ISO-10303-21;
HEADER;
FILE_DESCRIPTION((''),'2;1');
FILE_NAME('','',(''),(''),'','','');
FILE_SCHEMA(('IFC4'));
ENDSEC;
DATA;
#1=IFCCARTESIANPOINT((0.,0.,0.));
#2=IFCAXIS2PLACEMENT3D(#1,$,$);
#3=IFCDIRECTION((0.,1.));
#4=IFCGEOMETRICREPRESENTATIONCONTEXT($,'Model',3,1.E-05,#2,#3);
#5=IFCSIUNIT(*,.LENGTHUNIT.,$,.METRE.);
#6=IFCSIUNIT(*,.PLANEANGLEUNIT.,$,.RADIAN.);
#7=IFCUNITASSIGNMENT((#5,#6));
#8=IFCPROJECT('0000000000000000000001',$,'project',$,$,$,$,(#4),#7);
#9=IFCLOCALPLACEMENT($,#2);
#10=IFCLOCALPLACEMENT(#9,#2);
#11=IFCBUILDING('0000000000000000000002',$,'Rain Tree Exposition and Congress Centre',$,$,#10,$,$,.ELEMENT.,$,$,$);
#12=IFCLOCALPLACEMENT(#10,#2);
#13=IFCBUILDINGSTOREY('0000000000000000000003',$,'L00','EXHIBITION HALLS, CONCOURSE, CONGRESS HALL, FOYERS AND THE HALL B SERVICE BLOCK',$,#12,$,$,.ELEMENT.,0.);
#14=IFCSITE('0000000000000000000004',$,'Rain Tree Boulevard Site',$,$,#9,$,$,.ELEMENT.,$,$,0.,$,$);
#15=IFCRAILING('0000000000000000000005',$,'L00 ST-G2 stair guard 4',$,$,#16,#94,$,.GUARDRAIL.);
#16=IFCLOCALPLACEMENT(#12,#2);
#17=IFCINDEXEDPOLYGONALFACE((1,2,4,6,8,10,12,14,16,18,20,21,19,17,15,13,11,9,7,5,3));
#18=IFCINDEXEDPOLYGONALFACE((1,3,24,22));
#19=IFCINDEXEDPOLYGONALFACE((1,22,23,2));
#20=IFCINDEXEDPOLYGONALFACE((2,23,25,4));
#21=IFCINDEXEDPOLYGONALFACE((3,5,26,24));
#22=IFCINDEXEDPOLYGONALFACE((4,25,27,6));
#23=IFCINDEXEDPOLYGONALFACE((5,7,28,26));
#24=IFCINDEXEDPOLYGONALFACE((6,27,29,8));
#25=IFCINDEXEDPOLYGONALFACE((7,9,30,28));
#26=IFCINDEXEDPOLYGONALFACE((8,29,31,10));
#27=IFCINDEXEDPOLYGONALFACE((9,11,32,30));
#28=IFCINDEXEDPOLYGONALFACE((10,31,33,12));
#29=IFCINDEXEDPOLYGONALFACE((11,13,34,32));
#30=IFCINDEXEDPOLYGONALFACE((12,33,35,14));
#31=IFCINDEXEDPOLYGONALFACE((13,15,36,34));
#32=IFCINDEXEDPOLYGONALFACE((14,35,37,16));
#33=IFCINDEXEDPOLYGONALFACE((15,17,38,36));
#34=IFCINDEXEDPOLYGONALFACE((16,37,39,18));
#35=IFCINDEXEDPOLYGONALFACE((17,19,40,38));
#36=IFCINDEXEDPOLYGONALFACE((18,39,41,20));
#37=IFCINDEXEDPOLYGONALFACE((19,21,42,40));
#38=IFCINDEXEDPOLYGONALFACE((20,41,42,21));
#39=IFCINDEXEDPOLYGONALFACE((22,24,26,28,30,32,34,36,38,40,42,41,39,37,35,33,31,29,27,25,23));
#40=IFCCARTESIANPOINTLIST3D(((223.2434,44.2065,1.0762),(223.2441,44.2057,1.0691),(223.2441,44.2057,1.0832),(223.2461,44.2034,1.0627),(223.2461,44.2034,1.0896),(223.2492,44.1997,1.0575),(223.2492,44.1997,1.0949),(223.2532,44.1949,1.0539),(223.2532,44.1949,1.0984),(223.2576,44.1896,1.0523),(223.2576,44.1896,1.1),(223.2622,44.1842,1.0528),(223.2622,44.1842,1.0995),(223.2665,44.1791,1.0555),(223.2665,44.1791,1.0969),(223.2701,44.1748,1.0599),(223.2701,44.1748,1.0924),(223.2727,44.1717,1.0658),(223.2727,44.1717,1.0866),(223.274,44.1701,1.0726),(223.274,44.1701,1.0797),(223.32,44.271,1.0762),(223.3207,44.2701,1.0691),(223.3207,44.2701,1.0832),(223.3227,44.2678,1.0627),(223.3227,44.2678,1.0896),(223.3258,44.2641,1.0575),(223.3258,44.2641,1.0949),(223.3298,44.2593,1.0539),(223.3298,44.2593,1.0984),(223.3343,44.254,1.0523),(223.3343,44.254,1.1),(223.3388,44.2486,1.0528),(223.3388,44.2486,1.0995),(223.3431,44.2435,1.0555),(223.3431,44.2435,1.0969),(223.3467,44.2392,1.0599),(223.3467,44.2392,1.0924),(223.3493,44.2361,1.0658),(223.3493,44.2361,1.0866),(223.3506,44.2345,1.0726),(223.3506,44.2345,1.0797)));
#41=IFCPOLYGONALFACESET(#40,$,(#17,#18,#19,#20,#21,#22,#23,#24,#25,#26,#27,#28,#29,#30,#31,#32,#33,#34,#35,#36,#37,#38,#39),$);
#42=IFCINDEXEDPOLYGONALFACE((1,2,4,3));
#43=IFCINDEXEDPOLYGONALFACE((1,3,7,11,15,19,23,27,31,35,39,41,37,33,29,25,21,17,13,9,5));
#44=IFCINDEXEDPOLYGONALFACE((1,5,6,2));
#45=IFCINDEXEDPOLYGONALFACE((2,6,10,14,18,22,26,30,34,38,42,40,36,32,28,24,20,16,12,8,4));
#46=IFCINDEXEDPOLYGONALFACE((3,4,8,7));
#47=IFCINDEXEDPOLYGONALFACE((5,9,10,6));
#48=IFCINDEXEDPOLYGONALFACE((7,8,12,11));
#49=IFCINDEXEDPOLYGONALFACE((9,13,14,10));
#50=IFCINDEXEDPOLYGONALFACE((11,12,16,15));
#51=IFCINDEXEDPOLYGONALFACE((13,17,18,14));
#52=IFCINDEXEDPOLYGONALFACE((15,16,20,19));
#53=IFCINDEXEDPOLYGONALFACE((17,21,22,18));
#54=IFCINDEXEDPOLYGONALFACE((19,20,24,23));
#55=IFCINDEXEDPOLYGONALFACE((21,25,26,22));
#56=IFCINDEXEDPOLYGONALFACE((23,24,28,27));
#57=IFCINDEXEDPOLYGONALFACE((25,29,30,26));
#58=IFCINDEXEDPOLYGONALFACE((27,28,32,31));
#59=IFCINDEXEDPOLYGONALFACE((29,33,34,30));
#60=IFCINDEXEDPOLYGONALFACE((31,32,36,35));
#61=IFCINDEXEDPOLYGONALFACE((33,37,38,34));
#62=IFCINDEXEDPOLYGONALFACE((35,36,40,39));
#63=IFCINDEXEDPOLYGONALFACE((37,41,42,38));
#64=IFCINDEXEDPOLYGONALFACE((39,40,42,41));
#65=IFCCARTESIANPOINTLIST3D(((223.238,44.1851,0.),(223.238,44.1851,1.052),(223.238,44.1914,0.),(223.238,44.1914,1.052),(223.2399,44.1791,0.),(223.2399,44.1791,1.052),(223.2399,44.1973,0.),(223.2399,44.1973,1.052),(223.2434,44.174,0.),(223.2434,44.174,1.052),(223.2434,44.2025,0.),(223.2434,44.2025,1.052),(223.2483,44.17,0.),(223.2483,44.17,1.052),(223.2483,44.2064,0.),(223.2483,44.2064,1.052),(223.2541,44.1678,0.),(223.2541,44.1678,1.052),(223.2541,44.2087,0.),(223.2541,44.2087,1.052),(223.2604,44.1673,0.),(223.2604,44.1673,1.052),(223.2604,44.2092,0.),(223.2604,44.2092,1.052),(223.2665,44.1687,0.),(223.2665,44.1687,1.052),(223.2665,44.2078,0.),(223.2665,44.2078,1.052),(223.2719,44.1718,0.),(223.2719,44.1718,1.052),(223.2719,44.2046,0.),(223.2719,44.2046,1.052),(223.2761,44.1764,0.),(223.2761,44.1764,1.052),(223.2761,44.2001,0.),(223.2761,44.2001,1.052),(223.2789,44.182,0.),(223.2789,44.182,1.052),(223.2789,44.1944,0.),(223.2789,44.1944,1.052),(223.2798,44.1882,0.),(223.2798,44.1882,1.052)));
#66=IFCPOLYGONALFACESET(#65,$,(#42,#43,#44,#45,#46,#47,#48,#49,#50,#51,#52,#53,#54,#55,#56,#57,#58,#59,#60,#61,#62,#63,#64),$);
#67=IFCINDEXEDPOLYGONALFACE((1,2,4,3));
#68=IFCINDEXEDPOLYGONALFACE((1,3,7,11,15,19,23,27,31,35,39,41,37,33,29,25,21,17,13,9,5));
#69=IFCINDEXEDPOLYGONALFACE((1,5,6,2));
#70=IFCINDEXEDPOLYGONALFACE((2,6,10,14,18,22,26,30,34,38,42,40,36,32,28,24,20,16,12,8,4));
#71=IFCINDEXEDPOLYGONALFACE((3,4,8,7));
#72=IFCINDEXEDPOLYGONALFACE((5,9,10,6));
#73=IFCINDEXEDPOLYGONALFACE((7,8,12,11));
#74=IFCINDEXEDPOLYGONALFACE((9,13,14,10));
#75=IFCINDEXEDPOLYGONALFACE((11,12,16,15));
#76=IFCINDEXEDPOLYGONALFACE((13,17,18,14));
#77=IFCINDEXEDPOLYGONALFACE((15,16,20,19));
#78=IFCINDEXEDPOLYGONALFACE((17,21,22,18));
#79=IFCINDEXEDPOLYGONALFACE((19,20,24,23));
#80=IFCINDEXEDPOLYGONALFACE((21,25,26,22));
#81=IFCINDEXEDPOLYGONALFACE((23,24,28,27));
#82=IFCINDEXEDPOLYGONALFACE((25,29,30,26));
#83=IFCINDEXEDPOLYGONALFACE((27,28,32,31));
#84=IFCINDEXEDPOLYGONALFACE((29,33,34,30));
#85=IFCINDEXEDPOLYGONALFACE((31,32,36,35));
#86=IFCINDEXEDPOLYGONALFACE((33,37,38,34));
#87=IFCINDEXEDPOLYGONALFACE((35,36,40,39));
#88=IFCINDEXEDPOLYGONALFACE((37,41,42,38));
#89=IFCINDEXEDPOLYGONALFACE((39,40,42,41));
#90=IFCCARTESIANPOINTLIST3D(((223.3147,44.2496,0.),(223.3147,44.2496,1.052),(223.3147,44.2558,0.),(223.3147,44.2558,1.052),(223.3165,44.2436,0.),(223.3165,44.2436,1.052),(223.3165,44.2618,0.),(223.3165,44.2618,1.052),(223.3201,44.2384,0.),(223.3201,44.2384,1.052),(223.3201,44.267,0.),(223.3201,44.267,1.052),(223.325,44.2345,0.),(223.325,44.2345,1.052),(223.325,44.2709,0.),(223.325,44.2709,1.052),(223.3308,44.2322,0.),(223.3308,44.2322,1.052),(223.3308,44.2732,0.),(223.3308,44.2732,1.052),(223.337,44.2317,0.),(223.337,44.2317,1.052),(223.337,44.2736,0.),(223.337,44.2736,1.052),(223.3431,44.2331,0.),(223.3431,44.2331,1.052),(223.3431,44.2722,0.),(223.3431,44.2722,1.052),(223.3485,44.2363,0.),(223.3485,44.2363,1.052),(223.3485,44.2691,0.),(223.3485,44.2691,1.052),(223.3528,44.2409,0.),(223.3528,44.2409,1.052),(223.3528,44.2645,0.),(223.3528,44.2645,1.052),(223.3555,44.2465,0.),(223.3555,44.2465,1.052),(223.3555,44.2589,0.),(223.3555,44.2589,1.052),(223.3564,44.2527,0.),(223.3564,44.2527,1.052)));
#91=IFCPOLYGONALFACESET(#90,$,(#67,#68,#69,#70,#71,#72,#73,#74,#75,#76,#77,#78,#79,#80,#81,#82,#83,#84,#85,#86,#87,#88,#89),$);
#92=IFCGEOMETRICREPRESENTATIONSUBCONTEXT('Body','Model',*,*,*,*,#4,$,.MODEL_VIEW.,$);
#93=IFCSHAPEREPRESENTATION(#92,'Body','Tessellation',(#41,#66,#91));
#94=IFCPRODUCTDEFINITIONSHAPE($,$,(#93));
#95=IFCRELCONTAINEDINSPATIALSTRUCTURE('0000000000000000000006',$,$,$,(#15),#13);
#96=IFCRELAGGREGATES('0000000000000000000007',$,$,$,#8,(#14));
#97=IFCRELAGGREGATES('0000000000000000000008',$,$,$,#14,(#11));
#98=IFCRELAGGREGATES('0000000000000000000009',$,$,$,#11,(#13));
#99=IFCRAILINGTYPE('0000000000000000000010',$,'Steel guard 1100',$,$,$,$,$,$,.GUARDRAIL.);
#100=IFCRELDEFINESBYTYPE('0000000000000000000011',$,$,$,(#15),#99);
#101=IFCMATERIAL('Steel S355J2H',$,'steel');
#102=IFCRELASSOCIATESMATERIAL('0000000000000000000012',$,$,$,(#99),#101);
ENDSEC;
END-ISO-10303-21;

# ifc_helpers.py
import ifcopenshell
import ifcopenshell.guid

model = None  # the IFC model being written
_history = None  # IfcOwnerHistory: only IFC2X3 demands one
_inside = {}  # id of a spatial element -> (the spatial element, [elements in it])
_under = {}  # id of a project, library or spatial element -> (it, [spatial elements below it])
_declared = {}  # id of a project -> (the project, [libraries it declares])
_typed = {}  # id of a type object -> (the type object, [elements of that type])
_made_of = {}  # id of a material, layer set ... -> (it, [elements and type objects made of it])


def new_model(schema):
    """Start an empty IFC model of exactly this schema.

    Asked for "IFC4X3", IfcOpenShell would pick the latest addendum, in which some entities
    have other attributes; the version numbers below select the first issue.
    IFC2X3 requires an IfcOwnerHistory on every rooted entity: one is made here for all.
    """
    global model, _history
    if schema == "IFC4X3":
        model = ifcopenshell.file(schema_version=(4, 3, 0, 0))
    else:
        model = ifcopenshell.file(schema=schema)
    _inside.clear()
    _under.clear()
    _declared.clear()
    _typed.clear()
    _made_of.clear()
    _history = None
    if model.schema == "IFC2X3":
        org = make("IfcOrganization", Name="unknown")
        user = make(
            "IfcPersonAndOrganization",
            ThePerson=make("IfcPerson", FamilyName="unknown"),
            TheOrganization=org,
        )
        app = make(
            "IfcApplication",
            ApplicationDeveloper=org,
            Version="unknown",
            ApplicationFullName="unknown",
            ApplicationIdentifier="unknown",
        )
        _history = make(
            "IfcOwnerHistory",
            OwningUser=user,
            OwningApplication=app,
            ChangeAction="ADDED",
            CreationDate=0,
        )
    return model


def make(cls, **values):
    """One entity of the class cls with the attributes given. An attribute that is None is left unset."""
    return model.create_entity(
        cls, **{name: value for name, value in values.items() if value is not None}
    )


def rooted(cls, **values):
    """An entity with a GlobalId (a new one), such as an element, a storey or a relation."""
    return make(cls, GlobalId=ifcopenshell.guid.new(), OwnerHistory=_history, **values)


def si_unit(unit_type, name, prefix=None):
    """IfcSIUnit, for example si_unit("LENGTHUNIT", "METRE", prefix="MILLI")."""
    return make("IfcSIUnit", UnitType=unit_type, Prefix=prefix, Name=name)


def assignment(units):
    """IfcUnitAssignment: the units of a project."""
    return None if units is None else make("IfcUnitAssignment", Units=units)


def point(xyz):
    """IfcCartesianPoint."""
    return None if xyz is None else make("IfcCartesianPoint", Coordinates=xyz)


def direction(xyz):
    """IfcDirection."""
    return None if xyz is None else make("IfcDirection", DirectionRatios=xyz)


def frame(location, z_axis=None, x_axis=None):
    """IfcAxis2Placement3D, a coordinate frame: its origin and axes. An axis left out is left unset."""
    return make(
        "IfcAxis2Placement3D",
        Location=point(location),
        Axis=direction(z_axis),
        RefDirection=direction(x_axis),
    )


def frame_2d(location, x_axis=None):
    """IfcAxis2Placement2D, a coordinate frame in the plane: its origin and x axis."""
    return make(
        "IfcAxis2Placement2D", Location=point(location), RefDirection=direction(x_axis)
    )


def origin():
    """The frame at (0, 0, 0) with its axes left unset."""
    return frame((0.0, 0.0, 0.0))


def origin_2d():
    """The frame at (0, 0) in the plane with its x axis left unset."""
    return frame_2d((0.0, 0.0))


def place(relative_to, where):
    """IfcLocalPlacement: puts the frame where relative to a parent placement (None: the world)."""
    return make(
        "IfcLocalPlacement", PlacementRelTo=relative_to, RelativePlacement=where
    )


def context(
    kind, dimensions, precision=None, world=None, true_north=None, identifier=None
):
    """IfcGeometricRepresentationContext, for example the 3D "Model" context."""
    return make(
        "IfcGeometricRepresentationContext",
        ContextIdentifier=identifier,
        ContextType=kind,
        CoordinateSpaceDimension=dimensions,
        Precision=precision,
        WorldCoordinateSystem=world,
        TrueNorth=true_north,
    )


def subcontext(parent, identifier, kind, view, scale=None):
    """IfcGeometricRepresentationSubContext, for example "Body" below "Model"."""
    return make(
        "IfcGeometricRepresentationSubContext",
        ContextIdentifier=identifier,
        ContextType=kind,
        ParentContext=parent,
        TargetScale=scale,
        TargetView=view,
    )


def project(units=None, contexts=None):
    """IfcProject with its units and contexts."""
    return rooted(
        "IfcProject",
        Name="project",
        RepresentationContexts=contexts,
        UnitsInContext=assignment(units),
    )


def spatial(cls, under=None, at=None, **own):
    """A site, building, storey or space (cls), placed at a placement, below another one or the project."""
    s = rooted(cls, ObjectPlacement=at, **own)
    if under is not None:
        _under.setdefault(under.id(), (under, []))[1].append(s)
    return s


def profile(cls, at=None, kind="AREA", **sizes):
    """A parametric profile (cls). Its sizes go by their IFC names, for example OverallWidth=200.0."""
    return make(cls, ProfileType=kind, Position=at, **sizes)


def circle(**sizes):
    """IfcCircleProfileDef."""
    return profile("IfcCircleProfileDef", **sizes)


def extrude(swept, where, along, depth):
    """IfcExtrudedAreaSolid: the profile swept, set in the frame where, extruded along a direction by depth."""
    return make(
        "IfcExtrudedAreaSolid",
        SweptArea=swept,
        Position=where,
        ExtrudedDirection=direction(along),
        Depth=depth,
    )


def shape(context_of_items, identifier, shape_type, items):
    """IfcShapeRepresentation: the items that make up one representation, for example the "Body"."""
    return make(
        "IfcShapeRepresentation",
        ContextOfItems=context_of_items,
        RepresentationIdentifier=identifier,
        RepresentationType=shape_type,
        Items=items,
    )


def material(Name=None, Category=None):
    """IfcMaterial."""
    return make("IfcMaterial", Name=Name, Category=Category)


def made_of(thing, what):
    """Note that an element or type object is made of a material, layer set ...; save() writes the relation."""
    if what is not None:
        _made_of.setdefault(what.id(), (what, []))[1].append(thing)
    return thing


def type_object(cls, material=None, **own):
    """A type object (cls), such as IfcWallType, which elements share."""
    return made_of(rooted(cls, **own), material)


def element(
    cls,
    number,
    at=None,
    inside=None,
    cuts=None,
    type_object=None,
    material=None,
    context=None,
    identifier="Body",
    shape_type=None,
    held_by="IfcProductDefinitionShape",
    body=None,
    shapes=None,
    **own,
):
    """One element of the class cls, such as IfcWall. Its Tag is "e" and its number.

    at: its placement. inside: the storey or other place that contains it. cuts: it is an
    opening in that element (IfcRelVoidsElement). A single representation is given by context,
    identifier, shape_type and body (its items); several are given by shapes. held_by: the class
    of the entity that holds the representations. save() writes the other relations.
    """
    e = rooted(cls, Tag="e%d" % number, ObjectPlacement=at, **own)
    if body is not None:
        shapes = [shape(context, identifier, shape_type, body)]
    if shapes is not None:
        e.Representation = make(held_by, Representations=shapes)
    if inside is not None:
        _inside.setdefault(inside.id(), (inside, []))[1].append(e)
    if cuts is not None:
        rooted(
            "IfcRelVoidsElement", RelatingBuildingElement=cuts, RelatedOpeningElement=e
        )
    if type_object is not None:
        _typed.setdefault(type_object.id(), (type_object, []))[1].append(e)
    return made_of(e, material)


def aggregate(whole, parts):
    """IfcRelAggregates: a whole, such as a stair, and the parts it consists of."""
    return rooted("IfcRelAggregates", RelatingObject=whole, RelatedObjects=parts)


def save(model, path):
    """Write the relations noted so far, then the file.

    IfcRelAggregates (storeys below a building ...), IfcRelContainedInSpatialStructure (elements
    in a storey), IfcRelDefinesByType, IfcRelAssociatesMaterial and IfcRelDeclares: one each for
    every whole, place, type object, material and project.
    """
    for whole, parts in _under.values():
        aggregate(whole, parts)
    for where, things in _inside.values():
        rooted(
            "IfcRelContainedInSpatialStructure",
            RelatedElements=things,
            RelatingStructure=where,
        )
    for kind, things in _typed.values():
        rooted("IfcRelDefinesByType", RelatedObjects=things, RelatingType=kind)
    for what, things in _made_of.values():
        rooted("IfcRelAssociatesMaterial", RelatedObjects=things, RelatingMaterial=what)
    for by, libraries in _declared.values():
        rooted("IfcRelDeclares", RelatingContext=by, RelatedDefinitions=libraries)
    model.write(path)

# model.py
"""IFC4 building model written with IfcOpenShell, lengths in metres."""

from ifc_helpers import new_model, si_unit, direction, frame, origin, origin_2d, place, context, subcontext, project, spatial, circle, extrude, material, type_object, element, save


model = new_model("IFC4")

# Units and contexts
model_context = context("Model", 3, precision=1e-05, world=origin(), true_north=direction((0.0, 1.0)))
body_context = subcontext(model_context, "Body", "Model", "MODEL_VIEW")
ifc_project = project(units=[si_unit("LENGTHUNIT", "METRE"), si_unit("PLANEANGLEUNIT", "RADIAN")], contexts=[model_context])

# Site, building, storey
site_placement = place(None, origin())
site = spatial("IfcSite", under=ifc_project, at=site_placement, Name="Rain Tree Boulevard Site", CompositionType="ELEMENT", RefElevation=0.0)
building_placement = place(site_placement, origin())
building = spatial("IfcBuilding", under=site, at=building_placement, Name="Rain Tree Exposition and Congress Centre", CompositionType="ELEMENT")
storey_placement = place(building_placement, origin())
storey = spatial("IfcBuildingStorey", under=building, at=storey_placement, Name="L00", Description="EXHIBITION HALLS, CONCOURSE, CONGRESS HALL, FOYERS AND THE HALL B SERVICE BLOCK", CompositionType="ELEMENT", Elevation=0.0)

# Railing
ifc_material_1 = material(Name="Steel S355J2H", Category="steel")
railing_type_1 = type_object("IfcRailingType", Name="Steel guard 1100", PredefinedType="GUARDRAIL", material=ifc_material_1)
railing_1_placement = place(storey_placement, frame((223.2588, 44.1882, 0.0)))
element("IfcRailing", 1, at=railing_1_placement, inside=storey, type_object=railing_type_1, Name="L00 ST-G2 stair guard 4", PredefinedType="GUARDRAIL", context=body_context, shape_type="SweptSolid", body=[
    extrude(circle(Radius=0.0239, at=origin_2d()), frame((0.0, 0.0, 1.0762), z_axis=(0.765417, 0.643535, 0.0), x_axis=(-0.643535, 0.765417, 0.0)), (0.0, 0.0, 1.0), 0.1001),
    extrude(circle(Radius=0.021, at=origin_2d()), origin(), (0.0, 0.0, 1.0), 1.052),
    extrude(circle(Radius=0.021, at=origin_2d()), frame((0.0767, 0.0645, 0.0)), (0.0, 0.0, 1.0), 1.052),
])

save(model, "model.ifc")
